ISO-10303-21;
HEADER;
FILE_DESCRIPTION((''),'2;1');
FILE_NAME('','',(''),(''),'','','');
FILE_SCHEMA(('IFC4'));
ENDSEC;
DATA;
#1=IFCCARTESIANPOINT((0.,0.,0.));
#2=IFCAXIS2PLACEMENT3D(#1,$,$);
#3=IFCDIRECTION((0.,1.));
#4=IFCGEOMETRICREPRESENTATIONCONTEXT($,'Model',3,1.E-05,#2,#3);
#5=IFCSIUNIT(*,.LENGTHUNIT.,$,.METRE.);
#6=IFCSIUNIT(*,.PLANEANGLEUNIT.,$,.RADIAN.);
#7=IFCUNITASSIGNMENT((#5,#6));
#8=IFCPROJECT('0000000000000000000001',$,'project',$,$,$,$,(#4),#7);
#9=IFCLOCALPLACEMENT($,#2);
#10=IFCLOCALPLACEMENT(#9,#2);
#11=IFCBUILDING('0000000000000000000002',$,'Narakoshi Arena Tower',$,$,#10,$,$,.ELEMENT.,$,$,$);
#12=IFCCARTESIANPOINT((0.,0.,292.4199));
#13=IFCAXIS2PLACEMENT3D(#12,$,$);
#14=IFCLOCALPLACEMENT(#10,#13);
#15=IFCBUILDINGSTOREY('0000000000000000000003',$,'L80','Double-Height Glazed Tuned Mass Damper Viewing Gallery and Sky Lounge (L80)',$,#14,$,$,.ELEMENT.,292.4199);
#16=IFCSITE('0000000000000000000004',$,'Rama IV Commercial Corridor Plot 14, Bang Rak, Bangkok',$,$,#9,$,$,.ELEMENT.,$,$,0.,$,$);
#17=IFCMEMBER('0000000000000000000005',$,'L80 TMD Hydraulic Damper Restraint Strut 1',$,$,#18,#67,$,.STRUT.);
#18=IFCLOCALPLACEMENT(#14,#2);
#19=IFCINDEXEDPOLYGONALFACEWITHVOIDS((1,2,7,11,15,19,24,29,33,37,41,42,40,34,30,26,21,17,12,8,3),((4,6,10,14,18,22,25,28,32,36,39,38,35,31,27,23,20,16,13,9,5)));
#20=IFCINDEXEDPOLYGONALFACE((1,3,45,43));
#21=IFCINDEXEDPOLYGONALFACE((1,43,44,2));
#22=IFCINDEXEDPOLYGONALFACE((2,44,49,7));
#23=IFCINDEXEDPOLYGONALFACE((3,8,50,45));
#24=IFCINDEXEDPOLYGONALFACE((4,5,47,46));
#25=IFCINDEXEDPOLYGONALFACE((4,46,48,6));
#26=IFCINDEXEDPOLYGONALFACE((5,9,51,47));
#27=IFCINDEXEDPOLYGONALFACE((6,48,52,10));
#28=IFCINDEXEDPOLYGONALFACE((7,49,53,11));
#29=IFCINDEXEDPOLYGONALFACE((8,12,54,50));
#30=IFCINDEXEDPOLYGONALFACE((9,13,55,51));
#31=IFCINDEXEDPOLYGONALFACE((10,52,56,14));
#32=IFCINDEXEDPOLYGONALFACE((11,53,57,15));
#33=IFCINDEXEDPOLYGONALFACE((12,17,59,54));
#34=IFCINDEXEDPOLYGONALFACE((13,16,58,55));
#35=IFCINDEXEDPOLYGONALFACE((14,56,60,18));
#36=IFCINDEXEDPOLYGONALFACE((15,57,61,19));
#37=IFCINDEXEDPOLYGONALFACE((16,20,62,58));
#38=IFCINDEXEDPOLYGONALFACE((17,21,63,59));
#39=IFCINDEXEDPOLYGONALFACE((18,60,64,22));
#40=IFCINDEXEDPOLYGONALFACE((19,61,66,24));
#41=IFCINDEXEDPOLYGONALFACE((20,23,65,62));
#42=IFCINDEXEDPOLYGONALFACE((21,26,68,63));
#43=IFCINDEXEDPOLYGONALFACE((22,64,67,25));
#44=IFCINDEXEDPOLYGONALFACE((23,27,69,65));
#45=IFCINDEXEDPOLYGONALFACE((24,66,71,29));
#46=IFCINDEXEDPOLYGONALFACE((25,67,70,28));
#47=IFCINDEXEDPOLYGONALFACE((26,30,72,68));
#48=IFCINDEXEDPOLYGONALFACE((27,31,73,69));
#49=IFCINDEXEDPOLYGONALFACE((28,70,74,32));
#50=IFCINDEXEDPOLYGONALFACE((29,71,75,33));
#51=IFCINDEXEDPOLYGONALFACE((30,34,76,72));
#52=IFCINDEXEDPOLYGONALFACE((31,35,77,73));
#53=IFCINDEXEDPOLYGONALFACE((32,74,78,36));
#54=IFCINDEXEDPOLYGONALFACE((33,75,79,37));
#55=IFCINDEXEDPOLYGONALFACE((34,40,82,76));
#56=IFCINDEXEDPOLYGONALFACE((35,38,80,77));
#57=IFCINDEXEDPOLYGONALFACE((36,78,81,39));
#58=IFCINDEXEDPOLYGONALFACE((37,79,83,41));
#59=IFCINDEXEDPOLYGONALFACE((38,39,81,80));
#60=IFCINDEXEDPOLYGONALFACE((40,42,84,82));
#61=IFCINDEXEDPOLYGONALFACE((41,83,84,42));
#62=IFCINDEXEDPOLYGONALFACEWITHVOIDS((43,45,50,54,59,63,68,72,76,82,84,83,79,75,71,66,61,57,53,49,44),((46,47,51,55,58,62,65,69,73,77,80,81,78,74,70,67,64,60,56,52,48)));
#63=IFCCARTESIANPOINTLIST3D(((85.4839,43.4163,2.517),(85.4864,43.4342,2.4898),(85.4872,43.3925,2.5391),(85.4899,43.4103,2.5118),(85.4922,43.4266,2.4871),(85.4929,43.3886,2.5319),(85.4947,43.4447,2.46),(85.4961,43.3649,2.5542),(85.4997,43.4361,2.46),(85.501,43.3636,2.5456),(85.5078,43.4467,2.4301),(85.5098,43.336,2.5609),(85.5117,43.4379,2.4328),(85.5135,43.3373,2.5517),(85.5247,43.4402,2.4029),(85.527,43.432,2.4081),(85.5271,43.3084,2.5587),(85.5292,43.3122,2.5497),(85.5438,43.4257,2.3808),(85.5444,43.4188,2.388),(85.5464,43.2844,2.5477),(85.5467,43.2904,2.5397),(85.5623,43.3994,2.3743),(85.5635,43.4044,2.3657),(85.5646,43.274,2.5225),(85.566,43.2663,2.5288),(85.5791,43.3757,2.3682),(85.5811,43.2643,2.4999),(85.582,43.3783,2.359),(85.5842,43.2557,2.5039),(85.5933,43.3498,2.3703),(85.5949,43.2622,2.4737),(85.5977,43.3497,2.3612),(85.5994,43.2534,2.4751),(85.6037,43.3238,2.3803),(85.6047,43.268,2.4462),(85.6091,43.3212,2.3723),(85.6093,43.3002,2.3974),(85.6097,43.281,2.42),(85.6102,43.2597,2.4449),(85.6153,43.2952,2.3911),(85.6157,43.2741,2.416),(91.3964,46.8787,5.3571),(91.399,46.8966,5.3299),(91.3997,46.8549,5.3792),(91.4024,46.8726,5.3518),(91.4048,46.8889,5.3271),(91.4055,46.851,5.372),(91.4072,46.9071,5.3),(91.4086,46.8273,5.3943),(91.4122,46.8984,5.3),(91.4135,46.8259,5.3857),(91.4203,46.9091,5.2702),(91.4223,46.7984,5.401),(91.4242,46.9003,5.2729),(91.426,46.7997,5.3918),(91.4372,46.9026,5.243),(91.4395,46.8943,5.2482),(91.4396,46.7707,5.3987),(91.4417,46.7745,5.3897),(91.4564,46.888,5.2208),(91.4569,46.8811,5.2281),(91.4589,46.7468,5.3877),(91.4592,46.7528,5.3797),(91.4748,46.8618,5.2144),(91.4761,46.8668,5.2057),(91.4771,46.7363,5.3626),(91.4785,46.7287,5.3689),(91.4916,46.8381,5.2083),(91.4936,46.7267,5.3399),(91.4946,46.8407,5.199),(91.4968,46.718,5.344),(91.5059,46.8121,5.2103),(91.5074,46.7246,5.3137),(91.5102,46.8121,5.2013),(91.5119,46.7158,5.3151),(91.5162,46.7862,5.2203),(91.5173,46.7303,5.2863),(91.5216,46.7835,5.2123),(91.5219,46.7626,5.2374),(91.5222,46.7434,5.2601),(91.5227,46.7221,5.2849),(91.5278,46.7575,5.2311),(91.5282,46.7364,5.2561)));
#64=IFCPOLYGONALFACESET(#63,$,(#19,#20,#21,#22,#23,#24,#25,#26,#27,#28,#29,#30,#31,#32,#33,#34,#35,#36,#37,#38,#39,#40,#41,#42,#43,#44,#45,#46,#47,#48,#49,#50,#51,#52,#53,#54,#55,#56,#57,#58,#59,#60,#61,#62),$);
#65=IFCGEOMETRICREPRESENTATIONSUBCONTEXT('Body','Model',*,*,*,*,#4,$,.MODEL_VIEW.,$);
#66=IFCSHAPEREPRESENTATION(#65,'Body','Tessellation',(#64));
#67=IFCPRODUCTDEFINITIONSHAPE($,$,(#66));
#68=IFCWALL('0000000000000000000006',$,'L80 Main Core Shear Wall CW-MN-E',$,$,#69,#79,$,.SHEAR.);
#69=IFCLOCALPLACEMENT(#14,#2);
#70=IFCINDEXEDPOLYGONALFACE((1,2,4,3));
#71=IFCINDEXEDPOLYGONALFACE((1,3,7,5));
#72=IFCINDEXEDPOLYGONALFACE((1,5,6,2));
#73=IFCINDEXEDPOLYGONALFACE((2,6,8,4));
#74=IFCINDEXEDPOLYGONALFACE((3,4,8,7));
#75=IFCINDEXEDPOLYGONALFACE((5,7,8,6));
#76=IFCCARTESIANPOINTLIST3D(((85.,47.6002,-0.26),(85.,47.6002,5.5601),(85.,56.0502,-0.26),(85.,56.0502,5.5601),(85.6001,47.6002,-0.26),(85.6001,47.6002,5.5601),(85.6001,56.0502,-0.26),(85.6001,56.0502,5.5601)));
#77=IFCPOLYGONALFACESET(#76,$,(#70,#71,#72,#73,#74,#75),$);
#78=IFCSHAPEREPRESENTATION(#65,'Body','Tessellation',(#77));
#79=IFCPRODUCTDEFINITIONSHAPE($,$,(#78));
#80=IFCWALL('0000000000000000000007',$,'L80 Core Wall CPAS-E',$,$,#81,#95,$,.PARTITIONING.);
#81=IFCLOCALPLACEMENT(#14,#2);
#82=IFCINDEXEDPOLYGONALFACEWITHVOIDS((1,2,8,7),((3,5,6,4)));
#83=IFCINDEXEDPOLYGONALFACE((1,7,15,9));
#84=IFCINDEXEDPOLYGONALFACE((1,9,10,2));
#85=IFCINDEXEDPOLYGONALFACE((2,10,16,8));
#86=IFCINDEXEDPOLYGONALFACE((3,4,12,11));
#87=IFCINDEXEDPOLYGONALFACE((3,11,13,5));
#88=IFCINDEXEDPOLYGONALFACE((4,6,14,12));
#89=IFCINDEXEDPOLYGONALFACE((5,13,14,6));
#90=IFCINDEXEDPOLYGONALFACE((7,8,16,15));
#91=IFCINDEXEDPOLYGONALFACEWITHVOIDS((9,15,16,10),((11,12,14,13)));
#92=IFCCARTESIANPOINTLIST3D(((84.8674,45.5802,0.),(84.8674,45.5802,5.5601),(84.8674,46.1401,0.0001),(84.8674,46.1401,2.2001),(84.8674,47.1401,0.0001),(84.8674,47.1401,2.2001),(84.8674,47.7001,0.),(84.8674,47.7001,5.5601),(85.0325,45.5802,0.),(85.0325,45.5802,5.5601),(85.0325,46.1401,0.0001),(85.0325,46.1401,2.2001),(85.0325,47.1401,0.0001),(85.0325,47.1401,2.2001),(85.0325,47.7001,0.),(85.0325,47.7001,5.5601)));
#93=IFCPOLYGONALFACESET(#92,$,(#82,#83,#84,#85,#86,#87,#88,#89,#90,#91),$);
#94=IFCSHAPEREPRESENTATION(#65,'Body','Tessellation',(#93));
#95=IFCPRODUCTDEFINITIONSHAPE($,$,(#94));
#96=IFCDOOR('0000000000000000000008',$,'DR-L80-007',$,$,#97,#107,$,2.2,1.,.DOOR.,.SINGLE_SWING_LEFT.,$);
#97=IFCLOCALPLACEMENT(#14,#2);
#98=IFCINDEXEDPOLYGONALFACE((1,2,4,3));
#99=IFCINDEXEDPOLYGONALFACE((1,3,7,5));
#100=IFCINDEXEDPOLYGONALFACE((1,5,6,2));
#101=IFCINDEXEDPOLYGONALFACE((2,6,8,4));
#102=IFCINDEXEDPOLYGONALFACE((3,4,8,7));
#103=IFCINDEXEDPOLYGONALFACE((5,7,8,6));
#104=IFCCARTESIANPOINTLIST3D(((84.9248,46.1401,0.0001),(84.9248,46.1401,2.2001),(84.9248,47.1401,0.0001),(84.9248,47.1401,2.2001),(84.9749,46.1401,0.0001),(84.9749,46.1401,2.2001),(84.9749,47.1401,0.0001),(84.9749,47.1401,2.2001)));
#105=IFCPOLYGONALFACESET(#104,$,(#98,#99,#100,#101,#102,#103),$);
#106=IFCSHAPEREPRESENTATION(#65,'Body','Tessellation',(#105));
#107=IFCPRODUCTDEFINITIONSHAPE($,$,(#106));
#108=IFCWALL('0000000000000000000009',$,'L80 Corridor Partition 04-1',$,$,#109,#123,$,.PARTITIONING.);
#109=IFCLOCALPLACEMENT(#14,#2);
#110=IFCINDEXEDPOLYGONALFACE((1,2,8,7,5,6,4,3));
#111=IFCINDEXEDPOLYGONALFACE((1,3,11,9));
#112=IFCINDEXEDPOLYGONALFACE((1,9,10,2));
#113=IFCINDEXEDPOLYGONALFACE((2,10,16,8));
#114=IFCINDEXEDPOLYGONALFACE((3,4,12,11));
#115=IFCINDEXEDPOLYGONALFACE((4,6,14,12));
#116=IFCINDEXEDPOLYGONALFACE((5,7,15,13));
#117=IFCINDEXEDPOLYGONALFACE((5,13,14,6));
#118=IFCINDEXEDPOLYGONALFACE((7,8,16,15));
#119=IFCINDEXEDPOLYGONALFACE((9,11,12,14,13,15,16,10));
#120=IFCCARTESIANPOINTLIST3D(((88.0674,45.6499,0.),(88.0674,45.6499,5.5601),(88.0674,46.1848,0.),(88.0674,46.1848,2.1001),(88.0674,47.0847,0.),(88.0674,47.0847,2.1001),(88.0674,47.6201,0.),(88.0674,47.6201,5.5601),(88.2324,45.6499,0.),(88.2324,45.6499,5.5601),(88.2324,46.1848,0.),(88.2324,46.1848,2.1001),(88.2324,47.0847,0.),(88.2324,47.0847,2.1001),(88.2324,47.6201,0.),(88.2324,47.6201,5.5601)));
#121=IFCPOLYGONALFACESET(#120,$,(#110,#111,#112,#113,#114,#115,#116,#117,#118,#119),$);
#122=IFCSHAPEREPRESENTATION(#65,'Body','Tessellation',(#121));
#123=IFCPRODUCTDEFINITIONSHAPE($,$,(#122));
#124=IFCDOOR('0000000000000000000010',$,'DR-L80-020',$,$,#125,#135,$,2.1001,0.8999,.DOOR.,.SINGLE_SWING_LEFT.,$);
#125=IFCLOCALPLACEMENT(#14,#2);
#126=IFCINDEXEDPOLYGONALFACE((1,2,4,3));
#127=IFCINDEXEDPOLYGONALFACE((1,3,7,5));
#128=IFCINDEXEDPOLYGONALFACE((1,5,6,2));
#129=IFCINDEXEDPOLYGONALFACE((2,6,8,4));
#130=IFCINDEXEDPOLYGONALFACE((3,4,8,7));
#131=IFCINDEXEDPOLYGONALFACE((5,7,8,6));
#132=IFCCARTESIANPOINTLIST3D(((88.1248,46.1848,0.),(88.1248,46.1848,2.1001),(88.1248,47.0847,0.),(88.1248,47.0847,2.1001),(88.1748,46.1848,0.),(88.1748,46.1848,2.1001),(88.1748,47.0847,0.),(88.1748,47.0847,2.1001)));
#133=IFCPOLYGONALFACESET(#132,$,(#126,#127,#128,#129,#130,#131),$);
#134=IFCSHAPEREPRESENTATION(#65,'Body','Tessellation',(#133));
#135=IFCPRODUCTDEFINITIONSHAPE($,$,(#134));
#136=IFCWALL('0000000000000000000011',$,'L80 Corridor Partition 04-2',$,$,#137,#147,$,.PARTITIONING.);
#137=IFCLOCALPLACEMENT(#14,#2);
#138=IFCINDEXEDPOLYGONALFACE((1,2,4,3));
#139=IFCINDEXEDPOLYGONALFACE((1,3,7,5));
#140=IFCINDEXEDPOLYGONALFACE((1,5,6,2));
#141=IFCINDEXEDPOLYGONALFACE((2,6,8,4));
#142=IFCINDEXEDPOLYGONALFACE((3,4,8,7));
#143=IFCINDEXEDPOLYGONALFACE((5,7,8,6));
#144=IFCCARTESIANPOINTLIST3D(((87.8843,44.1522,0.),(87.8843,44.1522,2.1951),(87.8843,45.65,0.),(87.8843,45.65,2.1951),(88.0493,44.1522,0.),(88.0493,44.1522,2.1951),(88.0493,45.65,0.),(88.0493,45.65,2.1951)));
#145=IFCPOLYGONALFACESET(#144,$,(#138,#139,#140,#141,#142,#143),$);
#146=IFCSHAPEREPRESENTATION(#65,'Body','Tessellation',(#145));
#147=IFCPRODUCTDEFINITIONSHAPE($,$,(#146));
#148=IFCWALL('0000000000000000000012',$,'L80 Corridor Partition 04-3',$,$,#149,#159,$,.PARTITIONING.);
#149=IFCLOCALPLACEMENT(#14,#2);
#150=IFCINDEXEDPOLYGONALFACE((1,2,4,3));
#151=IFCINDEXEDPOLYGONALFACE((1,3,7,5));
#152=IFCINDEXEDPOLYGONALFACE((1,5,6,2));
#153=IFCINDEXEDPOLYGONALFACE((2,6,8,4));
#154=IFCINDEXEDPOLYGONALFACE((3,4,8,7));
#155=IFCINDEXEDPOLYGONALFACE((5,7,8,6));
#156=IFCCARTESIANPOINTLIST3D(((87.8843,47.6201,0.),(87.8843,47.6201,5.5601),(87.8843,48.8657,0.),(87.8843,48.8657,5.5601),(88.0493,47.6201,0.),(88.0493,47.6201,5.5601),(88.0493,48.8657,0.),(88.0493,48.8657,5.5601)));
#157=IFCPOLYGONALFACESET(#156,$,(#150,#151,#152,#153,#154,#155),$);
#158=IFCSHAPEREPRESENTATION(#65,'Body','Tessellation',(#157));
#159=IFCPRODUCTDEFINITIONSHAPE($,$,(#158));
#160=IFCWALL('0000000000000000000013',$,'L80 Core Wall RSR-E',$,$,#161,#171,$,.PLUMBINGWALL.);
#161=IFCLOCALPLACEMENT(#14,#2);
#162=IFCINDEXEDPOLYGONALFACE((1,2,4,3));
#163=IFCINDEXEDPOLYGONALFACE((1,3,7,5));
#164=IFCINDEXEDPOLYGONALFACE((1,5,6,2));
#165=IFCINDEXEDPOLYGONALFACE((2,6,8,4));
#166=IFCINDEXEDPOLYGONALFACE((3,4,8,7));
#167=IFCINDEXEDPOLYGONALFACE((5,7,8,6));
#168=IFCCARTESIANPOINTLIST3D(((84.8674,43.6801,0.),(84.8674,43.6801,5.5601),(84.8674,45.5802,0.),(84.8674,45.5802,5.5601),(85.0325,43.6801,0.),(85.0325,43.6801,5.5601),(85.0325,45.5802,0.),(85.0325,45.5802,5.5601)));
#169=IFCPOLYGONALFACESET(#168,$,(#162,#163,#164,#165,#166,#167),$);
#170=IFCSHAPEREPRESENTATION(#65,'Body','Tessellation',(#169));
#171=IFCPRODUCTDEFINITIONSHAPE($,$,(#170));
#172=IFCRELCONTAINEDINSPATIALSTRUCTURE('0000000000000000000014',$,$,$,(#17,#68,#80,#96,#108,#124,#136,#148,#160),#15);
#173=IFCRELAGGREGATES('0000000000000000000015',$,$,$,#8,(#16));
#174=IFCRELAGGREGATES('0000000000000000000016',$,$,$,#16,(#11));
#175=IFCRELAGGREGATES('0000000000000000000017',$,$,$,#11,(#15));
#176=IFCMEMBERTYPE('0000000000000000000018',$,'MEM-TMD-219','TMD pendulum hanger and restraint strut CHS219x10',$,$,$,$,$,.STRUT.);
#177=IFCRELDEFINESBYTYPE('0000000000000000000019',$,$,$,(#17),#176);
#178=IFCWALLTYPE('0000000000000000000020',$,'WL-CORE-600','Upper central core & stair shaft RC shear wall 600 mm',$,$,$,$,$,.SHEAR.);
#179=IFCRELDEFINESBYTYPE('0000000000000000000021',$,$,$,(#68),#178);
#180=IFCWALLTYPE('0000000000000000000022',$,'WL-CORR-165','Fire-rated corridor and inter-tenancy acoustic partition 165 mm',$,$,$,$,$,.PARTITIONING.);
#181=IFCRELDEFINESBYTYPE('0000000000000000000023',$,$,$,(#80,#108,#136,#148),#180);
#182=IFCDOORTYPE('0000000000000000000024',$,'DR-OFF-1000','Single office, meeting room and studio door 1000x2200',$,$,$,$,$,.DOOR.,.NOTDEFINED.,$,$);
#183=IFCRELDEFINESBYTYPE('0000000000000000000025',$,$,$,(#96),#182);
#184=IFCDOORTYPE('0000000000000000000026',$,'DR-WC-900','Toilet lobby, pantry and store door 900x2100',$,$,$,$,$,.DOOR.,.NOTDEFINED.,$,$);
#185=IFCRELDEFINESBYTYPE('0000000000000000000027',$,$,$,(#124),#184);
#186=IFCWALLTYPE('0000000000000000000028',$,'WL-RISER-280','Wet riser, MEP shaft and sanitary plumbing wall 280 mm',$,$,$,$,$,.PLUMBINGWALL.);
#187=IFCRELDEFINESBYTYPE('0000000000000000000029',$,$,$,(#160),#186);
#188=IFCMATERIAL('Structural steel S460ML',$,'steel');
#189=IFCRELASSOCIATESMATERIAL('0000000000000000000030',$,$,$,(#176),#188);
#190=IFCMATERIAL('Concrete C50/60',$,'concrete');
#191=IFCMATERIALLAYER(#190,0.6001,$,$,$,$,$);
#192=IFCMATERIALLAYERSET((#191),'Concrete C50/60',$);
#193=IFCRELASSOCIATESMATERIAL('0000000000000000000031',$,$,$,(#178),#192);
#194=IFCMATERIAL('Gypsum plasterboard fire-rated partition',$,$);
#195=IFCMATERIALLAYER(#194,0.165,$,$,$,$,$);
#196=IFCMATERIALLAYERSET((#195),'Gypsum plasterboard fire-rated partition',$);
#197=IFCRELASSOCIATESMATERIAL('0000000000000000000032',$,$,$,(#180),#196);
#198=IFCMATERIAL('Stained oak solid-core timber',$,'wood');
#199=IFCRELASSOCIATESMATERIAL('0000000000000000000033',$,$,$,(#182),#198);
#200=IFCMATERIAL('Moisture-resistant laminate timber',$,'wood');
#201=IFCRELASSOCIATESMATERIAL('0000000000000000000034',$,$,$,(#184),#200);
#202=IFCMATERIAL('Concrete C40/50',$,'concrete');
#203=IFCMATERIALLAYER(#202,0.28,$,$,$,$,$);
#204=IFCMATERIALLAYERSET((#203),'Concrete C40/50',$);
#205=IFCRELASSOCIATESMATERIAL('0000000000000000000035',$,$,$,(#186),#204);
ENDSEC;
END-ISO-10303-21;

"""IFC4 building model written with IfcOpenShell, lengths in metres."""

from ifc_helpers import new_model, si_unit, direction, frame, frame_2d, origin, origin_2d, place, context, subcontext, project, spatial, rectangle, hollow_circle, extrude, material, layer, layer_set, material_profile, profile_set, type_object, element, fill, save


model = new_model("IFC4")

# Units and contexts
model_context = context("Model", 3, precision=1e-05, world=origin(), true_north=direction((0.0, 1.0)))
body_context = subcontext(model_context, "Body", "Model", "MODEL_VIEW")
ifc_project = project(units=[si_unit("LENGTHUNIT", "METRE"), si_unit("PLANEANGLEUNIT", "RADIAN")], contexts=[model_context])

# Site, building, storey
site_placement = place(None, origin())
site = spatial("IfcSite", under=ifc_project, at=site_placement, Name="Rama IV Commercial Corridor Plot 14, Bang Rak, Bangkok", CompositionType="ELEMENT", RefElevation=0.0)
building_placement = place(site_placement, origin())
building = spatial("IfcBuilding", under=site, at=building_placement, Name="Narakoshi Arena Tower", CompositionType="ELEMENT")
storey_placement = place(building_placement, frame((0.0, 0.0, 292.4199)))
storey = spatial("IfcBuildingStorey", under=building, at=storey_placement, Name="L80", Description="Double-Height Glazed Tuned Mass Damper Viewing Gallery and Sky Lounge (L80)", CompositionType="ELEMENT", Elevation=292.4199)

# Shared definitions
ifc_material_1 = material(Name="Structural steel S460ML", Category="steel")

# Member
ifc_material_profile_1 = material_profile(ifc_material_1, hollow_circle(Radius=0.1096, WallThickness=0.01, at=origin_2d()), Name="CHS219x10")
ifc_profile_set_1 = profile_set([ifc_material_profile_1], Name="Structural steel S460ML")
member_type = type_object("IfcMemberType", Name="MEM-TMD-219", Description="TMD pendulum hanger and restraint strut CHS219x10", PredefinedType="STRUT", material=ifc_profile_set_1)
member_placement = place(storey_placement, frame((85.55, 43.3501, 2.46), z_axis=(0.797159, 0.466814, 0.382912), x_axis=(-0.505328, 0.862927, 0.0)))
element("IfcMember", 1, at=member_placement, inside=storey, type_object=member_type, Name="L80 TMD Hydraulic Damper Restraint Strut 1", PredefinedType="STRUT", context=body_context, shape_type="SweptSolid", body=[
    extrude(hollow_circle(Radius=0.1096, WallThickness=0.01, at=origin_2d()), origin(), (0.0, 0.0, 1.0), 7.417),
])

# Wall
ifc_material_2 = material(Name="Concrete C50/60", Category="concrete")
ifc_layer_1 = layer(ifc_material_2, 0.6001)
ifc_layer_set_1 = layer_set([ifc_layer_1], Name="Concrete C50/60")
wall_type_1 = type_object("IfcWallType", Name="WL-CORE-600", Description="Upper central core & stair shaft RC shear wall 600 mm", PredefinedType="SHEAR", material=ifc_layer_set_1)
wall_1_placement = place(storey_placement, frame((85.3, 47.6001, -0.26), z_axis=(0.0, 0.0, 1.0), x_axis=(0.0, 1.0, 0.0)))
element("IfcWall", 2, at=wall_1_placement, inside=storey, type_object=wall_type_1, Name="L80 Main Core Shear Wall CW-MN-E", PredefinedType="SHEAR", context=body_context, shape_type="SweptSolid", body=[
    extrude(rectangle(XDim=8.45, YDim=0.6001, at=frame_2d((4.2251, 0.0))), origin(), (0.0, 0.0, 1.0), 5.8201),
])

# Walls, openings, doors
ifc_material_3 = material(Name="Gypsum plasterboard fire-rated partition")
ifc_layer_2 = layer(ifc_material_3, 0.165)
ifc_layer_set_2 = layer_set([ifc_layer_2], Name="Gypsum plasterboard fire-rated partition")
wall_type_2 = type_object("IfcWallType", Name="WL-CORR-165", Description="Fire-rated corridor and inter-tenancy acoustic partition 165 mm", PredefinedType="PARTITIONING", material=ifc_layer_set_2)
wall_2_placement = place(storey_placement, frame((84.95, 45.5801, 0.0), z_axis=(0.0, 0.0, 1.0), x_axis=(0.0, 1.0, 0.0)))
wall_2 = element("IfcWall", 3, at=wall_2_placement, inside=storey, type_object=wall_type_2, Name="L80 Core Wall CPAS-E", PredefinedType="PARTITIONING", context=body_context, shape_type="SweptSolid", body=[
    extrude(rectangle(XDim=2.1199, YDim=0.165, at=frame_2d((1.0601, 0.0))), origin(), (0.0, 0.0, 1.0), 5.5601),
])
opening_1_placement = place(wall_2_placement, frame((0.5601, 0.0, 0.0)))
opening_1 = element("IfcOpeningElement", 4, at=opening_1_placement, cuts=wall_2, PredefinedType="OPENING", context=body_context, shape_type="SweptSolid", body=[
    extrude(rectangle(XDim=1.0, YDim=2.2, at=frame_2d((0.5, 1.1001))), frame((0.0, 0.0925, 0.0), z_axis=(0.0, -1.0, 0.0), x_axis=(1.0, 0.0, 0.0)), (0.0, 0.0, 1.0), 0.1851),
])
ifc_material_4 = material(Name="Stained oak solid-core timber", Category="wood")
door_type_1 = type_object("IfcDoorType", Name="DR-OFF-1000", Description="Single office, meeting room and studio door 1000x2200", OperationType="NOTDEFINED", PredefinedType="DOOR", material=ifc_material_4)
door_1_placement = place(opening_1_placement, frame((1.0, 0.0, 0.0), z_axis=(0.0, 0.0, 1.0), x_axis=(-1.0, 0.0, 0.0)))
door_1 = element("IfcDoor", 5, at=door_1_placement, inside=storey, type_object=door_type_1, Name="DR-L80-007", OperationType="SINGLE_SWING_LEFT", OverallHeight=2.2, OverallWidth=1.0, PredefinedType="DOOR", context=body_context, shape_type="SweptSolid", body=[
    extrude(rectangle(XDim=1.0, YDim=2.2, at=frame_2d((0.5, 1.1001))), frame((0.0, 0.0249, 0.0), z_axis=(0.0, -1.0, 0.0), x_axis=(1.0, 0.0, 0.0)), (0.0, 0.0, 1.0), 0.05),
])
fill(opening_1, door_1)
wall_3_placement = place(storey_placement, frame((88.1499, 45.6499, 0.0), z_axis=(0.0, 0.0, 1.0), x_axis=(0.0, 1.0, 0.0)))
wall_3 = element("IfcWall", 6, at=wall_3_placement, inside=storey, type_object=wall_type_2, Name="L80 Corridor Partition 04-1", PredefinedType="PARTITIONING", context=body_context, shape_type="SweptSolid", body=[
    extrude(rectangle(XDim=1.9702, YDim=0.165, at=frame_2d((0.9851, 0.0))), origin(), (0.0, 0.0, 1.0), 5.5601),
])
opening_2_placement = place(wall_3_placement, frame((0.5349, 0.0, 0.0)))
opening_2 = element("IfcOpeningElement", 7, at=opening_2_placement, cuts=wall_3, PredefinedType="OPENING", context=body_context, shape_type="SweptSolid", body=[
    extrude(rectangle(XDim=0.8999, YDim=2.1001, at=frame_2d((0.45, 1.05))), frame((0.0, 0.0925, 0.0), z_axis=(0.0, -1.0, 0.0), x_axis=(1.0, 0.0, 0.0)), (0.0, 0.0, 1.0), 0.1851),
])
ifc_material_5 = material(Name="Moisture-resistant laminate timber", Category="wood")
door_type_2 = type_object("IfcDoorType", Name="DR-WC-900", Description="Toilet lobby, pantry and store door 900x2100", OperationType="NOTDEFINED", PredefinedType="DOOR", material=ifc_material_5)
door_2_placement = place(opening_2_placement, frame((0.8999, 0.0, 0.0), z_axis=(0.0, 0.0, 1.0), x_axis=(-1.0, 0.0, 0.0)))
door_2 = element("IfcDoor", 8, at=door_2_placement, inside=storey, type_object=door_type_2, Name="DR-L80-020", OperationType="SINGLE_SWING_LEFT", OverallHeight=2.1001, OverallWidth=0.8999, PredefinedType="DOOR", context=body_context, shape_type="SweptSolid", body=[
    extrude(rectangle(XDim=0.8999, YDim=2.1001, at=frame_2d((0.45, 1.05))), frame((0.0, 0.0249, 0.0), z_axis=(0.0, -1.0, 0.0), x_axis=(1.0, 0.0, 0.0)), (0.0, 0.0, 1.0), 0.05),
])
fill(opening_2, door_2)

# Walls
wall_4_placement = place(storey_placement, frame((87.9668, 44.1521, 0.0), z_axis=(0.0, 0.0, 1.0), x_axis=(0.0, 1.0, 0.0)))
element("IfcWall", 9, at=wall_4_placement, inside=storey, type_object=wall_type_2, Name="L80 Corridor Partition 04-2", PredefinedType="PARTITIONING", context=body_context, shape_type="SweptSolid", body=[
    extrude(rectangle(XDim=1.4978, YDim=0.165, at=frame_2d((0.749, 0.0))), origin(), (0.0, 0.0, 1.0), 2.1951),
])
wall_5_placement = place(storey_placement, frame((87.9668, 47.6201, 0.0), z_axis=(0.0, 0.0, 1.0), x_axis=(0.0, 1.0, 0.0)))
element("IfcWall", 10, at=wall_5_placement, inside=storey, type_object=wall_type_2, Name="L80 Corridor Partition 04-3", PredefinedType="PARTITIONING", context=body_context, shape_type="SweptSolid", body=[
    extrude(rectangle(XDim=1.2456, YDim=0.165, at=frame_2d((0.6228, 0.0))), origin(), (0.0, 0.0, 1.0), 5.5601),
])
ifc_material_6 = material(Name="Concrete C40/50", Category="concrete")
ifc_layer_3 = layer(ifc_material_6, 0.28)
ifc_layer_set_3 = layer_set([ifc_layer_3], Name="Concrete C40/50")
wall_type_3 = type_object("IfcWallType", Name="WL-RISER-280", Description="Wet riser, MEP shaft and sanitary plumbing wall 280 mm", PredefinedType="PLUMBINGWALL", material=ifc_layer_set_3)
wall_6_placement = place(storey_placement, frame((84.95, 43.6799, 0.0), z_axis=(0.0, 0.0, 1.0), x_axis=(0.0, 1.0, 0.0)))
element("IfcWall", 11, at=wall_6_placement, inside=storey, type_object=wall_type_3, Name="L80 Core Wall RSR-E", PredefinedType="PLUMBINGWALL", context=body_context, shape_type="SweptSolid", body=[
    extrude(rectangle(XDim=1.9001, YDim=0.165, at=frame_2d((0.9502, 0.0))), origin(), (0.0, 0.0, 1.0), 5.5601),
])

save(model, "model.ifc")
